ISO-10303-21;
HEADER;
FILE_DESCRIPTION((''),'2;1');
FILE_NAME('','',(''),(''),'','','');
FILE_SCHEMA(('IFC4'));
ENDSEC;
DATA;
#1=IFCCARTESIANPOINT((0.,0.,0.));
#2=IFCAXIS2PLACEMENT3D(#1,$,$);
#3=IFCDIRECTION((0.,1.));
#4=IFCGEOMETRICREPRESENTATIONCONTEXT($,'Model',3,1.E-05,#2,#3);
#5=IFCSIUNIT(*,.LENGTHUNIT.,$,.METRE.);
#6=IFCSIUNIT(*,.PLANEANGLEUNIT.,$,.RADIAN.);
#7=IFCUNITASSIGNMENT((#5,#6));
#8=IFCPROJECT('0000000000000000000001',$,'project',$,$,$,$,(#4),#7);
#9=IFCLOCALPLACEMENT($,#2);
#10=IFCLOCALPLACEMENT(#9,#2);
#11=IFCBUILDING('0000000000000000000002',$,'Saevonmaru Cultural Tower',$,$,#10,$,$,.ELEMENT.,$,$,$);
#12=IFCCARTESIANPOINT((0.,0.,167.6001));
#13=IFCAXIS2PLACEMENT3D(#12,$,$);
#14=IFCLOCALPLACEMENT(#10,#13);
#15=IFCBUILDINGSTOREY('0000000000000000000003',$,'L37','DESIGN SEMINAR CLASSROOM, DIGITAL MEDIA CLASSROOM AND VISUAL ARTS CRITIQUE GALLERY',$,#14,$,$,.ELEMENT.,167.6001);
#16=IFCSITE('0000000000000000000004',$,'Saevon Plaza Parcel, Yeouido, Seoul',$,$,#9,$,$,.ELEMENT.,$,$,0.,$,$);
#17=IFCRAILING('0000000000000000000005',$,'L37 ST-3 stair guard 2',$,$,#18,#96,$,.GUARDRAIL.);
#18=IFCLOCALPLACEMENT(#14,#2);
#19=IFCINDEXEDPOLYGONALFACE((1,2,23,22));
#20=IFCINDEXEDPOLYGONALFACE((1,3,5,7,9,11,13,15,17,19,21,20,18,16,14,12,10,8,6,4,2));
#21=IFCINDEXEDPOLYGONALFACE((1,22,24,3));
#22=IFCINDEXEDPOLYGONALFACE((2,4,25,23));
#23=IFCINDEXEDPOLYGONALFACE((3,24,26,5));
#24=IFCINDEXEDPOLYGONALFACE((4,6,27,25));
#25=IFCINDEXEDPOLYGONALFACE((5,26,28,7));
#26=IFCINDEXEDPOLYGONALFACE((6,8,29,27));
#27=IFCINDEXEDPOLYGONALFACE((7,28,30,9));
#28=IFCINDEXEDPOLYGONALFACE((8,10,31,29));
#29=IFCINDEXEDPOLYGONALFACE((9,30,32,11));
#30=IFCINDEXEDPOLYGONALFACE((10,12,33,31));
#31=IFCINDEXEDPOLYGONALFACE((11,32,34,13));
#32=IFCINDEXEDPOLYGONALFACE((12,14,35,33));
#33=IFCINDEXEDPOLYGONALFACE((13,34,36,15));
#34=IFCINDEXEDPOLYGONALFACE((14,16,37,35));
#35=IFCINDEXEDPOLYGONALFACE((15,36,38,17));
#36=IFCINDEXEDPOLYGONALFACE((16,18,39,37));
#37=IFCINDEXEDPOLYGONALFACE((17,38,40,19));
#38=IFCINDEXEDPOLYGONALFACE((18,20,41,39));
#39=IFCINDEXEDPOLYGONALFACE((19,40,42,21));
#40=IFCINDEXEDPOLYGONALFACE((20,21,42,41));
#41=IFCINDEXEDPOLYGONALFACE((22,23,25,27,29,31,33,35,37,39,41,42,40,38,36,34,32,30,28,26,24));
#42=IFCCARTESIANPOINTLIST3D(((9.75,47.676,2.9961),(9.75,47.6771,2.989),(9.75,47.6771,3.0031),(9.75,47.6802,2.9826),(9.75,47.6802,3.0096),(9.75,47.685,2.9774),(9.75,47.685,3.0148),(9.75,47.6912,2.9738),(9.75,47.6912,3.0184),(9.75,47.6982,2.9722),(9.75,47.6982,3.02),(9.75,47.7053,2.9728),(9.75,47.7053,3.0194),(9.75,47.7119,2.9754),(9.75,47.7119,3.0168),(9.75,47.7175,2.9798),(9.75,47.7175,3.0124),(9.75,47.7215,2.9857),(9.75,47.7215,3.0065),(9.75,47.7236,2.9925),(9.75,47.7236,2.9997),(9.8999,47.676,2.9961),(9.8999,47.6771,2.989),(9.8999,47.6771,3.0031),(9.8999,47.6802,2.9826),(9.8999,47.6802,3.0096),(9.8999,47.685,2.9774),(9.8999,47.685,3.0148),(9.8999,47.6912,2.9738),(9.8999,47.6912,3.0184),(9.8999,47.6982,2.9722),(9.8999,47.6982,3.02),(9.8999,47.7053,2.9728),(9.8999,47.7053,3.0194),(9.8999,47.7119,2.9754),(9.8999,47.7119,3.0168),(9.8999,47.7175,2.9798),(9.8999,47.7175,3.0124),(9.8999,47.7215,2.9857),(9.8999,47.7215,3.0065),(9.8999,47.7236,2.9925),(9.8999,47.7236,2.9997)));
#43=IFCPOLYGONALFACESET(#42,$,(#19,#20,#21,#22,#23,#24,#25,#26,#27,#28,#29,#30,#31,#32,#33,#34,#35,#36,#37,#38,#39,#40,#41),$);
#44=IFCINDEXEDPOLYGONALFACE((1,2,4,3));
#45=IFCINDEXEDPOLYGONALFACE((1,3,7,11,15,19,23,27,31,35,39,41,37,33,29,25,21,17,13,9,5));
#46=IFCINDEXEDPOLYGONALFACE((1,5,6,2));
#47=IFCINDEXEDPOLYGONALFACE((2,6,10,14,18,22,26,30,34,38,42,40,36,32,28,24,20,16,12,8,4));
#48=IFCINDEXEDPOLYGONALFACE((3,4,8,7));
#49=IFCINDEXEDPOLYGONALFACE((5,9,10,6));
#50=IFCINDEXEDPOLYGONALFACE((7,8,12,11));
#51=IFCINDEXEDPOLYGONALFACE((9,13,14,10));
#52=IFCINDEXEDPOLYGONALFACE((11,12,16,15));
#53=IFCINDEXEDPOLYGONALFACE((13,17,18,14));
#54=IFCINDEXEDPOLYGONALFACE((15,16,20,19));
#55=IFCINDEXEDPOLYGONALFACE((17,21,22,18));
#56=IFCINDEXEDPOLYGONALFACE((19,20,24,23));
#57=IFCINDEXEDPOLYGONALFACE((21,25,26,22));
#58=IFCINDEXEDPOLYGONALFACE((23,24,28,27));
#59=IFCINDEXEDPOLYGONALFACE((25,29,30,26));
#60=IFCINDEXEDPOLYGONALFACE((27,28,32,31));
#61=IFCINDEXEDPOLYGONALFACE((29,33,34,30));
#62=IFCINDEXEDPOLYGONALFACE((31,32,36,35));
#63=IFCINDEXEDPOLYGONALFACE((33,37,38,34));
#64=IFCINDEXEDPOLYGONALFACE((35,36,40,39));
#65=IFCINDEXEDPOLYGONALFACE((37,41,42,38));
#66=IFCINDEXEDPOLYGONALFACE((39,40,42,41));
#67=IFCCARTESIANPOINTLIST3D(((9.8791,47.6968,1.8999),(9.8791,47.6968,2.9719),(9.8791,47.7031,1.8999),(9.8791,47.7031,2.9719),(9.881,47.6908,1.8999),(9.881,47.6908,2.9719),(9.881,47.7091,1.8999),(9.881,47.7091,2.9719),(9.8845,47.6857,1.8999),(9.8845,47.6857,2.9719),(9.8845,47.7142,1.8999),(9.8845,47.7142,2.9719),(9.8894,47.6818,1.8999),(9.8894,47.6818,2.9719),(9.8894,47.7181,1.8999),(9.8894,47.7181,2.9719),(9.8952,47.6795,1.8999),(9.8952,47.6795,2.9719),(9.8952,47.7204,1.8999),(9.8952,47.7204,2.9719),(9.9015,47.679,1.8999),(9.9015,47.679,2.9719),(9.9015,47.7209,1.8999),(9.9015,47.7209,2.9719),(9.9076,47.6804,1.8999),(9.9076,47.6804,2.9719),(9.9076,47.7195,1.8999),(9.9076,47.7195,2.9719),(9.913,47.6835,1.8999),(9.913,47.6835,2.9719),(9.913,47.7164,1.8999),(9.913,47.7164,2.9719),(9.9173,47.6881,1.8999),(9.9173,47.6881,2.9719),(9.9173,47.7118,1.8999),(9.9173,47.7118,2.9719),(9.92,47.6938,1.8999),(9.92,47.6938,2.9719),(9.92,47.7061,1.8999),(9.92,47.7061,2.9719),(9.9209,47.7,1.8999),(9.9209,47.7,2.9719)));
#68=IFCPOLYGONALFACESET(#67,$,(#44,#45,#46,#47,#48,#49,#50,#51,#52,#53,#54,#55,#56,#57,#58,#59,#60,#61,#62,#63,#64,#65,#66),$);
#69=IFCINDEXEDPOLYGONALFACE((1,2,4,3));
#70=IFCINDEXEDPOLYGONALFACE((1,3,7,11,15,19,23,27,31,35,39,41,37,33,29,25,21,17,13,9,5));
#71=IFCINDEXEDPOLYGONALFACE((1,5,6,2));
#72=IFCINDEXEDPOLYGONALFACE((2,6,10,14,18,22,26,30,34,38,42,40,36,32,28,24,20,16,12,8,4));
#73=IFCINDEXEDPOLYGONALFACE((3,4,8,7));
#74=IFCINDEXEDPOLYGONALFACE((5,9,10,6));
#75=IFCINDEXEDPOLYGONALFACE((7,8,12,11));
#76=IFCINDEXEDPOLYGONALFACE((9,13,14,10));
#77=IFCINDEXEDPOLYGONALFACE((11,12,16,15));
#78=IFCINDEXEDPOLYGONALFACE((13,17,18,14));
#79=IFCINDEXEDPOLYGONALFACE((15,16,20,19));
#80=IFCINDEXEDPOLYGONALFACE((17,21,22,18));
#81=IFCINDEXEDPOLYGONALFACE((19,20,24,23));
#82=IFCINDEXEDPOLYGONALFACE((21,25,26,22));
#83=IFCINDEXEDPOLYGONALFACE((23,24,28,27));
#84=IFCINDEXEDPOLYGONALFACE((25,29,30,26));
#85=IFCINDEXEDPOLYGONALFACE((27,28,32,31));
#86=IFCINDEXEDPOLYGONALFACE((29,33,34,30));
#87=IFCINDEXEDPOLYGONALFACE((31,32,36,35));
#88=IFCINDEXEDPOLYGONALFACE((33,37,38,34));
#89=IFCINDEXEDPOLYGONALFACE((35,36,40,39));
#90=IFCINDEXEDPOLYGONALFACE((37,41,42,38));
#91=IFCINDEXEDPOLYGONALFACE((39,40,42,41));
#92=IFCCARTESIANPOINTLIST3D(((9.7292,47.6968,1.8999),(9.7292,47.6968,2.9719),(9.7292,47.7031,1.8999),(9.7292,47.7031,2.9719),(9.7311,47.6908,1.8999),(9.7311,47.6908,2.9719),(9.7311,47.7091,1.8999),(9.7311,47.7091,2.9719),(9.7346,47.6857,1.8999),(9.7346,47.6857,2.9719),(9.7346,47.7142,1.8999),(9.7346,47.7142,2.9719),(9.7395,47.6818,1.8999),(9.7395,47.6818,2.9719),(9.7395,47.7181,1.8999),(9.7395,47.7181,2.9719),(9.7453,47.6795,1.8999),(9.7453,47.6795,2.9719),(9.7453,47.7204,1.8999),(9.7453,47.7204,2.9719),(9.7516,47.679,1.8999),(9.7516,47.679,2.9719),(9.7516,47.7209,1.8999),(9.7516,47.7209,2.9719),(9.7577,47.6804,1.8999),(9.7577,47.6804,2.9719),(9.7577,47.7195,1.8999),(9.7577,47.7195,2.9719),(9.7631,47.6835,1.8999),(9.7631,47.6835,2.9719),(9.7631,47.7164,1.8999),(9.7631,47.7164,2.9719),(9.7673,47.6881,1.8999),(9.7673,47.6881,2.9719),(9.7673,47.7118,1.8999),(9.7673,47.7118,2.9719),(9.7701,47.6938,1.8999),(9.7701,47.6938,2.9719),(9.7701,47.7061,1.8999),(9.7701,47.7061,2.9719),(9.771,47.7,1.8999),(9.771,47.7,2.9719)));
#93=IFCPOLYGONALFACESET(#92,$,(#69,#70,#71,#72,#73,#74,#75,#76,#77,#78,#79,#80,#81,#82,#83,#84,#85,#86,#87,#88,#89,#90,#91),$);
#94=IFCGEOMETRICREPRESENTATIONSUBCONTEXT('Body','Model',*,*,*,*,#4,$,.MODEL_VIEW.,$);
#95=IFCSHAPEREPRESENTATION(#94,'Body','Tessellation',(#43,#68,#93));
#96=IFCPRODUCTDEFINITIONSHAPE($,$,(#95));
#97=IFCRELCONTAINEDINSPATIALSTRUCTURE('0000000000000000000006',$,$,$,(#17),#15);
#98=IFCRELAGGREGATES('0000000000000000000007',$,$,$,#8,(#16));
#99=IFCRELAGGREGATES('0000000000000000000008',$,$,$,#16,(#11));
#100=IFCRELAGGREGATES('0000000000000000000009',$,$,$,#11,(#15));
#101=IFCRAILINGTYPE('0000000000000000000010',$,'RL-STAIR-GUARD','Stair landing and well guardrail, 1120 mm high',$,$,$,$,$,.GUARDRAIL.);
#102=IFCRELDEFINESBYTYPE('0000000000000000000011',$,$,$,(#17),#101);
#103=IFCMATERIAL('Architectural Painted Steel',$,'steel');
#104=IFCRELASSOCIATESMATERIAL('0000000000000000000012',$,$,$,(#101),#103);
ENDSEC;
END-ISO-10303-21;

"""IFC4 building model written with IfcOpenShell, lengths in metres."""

from ifc_helpers import new_model, si_unit, direction, frame, origin, origin_2d, place, context, subcontext, project, spatial, circle, extrude, material, type_object, element, save


model = new_model("IFC4")

# Units and contexts
model_context = context("Model", 3, precision=1e-05, world=origin(), true_north=direction((0.0, 1.0)))
body_context = subcontext(model_context, "Body", "Model", "MODEL_VIEW")
ifc_project = project(units=[si_unit("LENGTHUNIT", "METRE"), si_unit("PLANEANGLEUNIT", "RADIAN")], contexts=[model_context])

# Site, building, storey
site_placement = place(None, origin())
site = spatial("IfcSite", under=ifc_project, at=site_placement, Name="Saevon Plaza Parcel, Yeouido, Seoul", CompositionType="ELEMENT", RefElevation=0.0)
building_placement = place(site_placement, origin())
building = spatial("IfcBuilding", under=site, at=building_placement, Name="Saevonmaru Cultural Tower", CompositionType="ELEMENT")
storey_placement = place(building_placement, frame((0.0, 0.0, 167.6001)))
storey = spatial("IfcBuildingStorey", under=building, at=storey_placement, Name="L37", Description="DESIGN SEMINAR CLASSROOM, DIGITAL MEDIA CLASSROOM AND VISUAL ARTS CRITIQUE GALLERY", CompositionType="ELEMENT", Elevation=167.6001)

# Railing
ifc_material_1 = material(Name="Architectural Painted Steel", Category="steel")
railing_type_1 = type_object("IfcRailingType", Name="RL-STAIR-GUARD", Description="Stair landing and well guardrail, 1120 mm high", PredefinedType="GUARDRAIL", material=ifc_material_1)
railing_1_placement = place(storey_placement, frame((9.8999, 47.7, 1.8999)))
element("IfcRailing", 1, at=railing_1_placement, inside=storey, type_object=railing_type_1, Name="L37 ST-3 stair guard 2", PredefinedType="GUARDRAIL", context=body_context, shape_type="SweptSolid", body=[
    extrude(circle(Radius=0.0239, at=origin_2d()), frame((0.0, 0.0, 1.0962), z_axis=(-1.0, 0.0, 0.0), x_axis=(0.0, -1.0, 0.0)), (0.0, 0.0, 1.0), 0.1499),
    extrude(circle(Radius=0.021, at=origin_2d()), origin(), (0.0, 0.0, 1.0), 1.072),
    extrude(circle(Radius=0.021, at=origin_2d()), frame((-0.1499, 0.0, 0.0)), (0.0, 0.0, 1.0), 1.072),
])

save(model, "model.ifc")
